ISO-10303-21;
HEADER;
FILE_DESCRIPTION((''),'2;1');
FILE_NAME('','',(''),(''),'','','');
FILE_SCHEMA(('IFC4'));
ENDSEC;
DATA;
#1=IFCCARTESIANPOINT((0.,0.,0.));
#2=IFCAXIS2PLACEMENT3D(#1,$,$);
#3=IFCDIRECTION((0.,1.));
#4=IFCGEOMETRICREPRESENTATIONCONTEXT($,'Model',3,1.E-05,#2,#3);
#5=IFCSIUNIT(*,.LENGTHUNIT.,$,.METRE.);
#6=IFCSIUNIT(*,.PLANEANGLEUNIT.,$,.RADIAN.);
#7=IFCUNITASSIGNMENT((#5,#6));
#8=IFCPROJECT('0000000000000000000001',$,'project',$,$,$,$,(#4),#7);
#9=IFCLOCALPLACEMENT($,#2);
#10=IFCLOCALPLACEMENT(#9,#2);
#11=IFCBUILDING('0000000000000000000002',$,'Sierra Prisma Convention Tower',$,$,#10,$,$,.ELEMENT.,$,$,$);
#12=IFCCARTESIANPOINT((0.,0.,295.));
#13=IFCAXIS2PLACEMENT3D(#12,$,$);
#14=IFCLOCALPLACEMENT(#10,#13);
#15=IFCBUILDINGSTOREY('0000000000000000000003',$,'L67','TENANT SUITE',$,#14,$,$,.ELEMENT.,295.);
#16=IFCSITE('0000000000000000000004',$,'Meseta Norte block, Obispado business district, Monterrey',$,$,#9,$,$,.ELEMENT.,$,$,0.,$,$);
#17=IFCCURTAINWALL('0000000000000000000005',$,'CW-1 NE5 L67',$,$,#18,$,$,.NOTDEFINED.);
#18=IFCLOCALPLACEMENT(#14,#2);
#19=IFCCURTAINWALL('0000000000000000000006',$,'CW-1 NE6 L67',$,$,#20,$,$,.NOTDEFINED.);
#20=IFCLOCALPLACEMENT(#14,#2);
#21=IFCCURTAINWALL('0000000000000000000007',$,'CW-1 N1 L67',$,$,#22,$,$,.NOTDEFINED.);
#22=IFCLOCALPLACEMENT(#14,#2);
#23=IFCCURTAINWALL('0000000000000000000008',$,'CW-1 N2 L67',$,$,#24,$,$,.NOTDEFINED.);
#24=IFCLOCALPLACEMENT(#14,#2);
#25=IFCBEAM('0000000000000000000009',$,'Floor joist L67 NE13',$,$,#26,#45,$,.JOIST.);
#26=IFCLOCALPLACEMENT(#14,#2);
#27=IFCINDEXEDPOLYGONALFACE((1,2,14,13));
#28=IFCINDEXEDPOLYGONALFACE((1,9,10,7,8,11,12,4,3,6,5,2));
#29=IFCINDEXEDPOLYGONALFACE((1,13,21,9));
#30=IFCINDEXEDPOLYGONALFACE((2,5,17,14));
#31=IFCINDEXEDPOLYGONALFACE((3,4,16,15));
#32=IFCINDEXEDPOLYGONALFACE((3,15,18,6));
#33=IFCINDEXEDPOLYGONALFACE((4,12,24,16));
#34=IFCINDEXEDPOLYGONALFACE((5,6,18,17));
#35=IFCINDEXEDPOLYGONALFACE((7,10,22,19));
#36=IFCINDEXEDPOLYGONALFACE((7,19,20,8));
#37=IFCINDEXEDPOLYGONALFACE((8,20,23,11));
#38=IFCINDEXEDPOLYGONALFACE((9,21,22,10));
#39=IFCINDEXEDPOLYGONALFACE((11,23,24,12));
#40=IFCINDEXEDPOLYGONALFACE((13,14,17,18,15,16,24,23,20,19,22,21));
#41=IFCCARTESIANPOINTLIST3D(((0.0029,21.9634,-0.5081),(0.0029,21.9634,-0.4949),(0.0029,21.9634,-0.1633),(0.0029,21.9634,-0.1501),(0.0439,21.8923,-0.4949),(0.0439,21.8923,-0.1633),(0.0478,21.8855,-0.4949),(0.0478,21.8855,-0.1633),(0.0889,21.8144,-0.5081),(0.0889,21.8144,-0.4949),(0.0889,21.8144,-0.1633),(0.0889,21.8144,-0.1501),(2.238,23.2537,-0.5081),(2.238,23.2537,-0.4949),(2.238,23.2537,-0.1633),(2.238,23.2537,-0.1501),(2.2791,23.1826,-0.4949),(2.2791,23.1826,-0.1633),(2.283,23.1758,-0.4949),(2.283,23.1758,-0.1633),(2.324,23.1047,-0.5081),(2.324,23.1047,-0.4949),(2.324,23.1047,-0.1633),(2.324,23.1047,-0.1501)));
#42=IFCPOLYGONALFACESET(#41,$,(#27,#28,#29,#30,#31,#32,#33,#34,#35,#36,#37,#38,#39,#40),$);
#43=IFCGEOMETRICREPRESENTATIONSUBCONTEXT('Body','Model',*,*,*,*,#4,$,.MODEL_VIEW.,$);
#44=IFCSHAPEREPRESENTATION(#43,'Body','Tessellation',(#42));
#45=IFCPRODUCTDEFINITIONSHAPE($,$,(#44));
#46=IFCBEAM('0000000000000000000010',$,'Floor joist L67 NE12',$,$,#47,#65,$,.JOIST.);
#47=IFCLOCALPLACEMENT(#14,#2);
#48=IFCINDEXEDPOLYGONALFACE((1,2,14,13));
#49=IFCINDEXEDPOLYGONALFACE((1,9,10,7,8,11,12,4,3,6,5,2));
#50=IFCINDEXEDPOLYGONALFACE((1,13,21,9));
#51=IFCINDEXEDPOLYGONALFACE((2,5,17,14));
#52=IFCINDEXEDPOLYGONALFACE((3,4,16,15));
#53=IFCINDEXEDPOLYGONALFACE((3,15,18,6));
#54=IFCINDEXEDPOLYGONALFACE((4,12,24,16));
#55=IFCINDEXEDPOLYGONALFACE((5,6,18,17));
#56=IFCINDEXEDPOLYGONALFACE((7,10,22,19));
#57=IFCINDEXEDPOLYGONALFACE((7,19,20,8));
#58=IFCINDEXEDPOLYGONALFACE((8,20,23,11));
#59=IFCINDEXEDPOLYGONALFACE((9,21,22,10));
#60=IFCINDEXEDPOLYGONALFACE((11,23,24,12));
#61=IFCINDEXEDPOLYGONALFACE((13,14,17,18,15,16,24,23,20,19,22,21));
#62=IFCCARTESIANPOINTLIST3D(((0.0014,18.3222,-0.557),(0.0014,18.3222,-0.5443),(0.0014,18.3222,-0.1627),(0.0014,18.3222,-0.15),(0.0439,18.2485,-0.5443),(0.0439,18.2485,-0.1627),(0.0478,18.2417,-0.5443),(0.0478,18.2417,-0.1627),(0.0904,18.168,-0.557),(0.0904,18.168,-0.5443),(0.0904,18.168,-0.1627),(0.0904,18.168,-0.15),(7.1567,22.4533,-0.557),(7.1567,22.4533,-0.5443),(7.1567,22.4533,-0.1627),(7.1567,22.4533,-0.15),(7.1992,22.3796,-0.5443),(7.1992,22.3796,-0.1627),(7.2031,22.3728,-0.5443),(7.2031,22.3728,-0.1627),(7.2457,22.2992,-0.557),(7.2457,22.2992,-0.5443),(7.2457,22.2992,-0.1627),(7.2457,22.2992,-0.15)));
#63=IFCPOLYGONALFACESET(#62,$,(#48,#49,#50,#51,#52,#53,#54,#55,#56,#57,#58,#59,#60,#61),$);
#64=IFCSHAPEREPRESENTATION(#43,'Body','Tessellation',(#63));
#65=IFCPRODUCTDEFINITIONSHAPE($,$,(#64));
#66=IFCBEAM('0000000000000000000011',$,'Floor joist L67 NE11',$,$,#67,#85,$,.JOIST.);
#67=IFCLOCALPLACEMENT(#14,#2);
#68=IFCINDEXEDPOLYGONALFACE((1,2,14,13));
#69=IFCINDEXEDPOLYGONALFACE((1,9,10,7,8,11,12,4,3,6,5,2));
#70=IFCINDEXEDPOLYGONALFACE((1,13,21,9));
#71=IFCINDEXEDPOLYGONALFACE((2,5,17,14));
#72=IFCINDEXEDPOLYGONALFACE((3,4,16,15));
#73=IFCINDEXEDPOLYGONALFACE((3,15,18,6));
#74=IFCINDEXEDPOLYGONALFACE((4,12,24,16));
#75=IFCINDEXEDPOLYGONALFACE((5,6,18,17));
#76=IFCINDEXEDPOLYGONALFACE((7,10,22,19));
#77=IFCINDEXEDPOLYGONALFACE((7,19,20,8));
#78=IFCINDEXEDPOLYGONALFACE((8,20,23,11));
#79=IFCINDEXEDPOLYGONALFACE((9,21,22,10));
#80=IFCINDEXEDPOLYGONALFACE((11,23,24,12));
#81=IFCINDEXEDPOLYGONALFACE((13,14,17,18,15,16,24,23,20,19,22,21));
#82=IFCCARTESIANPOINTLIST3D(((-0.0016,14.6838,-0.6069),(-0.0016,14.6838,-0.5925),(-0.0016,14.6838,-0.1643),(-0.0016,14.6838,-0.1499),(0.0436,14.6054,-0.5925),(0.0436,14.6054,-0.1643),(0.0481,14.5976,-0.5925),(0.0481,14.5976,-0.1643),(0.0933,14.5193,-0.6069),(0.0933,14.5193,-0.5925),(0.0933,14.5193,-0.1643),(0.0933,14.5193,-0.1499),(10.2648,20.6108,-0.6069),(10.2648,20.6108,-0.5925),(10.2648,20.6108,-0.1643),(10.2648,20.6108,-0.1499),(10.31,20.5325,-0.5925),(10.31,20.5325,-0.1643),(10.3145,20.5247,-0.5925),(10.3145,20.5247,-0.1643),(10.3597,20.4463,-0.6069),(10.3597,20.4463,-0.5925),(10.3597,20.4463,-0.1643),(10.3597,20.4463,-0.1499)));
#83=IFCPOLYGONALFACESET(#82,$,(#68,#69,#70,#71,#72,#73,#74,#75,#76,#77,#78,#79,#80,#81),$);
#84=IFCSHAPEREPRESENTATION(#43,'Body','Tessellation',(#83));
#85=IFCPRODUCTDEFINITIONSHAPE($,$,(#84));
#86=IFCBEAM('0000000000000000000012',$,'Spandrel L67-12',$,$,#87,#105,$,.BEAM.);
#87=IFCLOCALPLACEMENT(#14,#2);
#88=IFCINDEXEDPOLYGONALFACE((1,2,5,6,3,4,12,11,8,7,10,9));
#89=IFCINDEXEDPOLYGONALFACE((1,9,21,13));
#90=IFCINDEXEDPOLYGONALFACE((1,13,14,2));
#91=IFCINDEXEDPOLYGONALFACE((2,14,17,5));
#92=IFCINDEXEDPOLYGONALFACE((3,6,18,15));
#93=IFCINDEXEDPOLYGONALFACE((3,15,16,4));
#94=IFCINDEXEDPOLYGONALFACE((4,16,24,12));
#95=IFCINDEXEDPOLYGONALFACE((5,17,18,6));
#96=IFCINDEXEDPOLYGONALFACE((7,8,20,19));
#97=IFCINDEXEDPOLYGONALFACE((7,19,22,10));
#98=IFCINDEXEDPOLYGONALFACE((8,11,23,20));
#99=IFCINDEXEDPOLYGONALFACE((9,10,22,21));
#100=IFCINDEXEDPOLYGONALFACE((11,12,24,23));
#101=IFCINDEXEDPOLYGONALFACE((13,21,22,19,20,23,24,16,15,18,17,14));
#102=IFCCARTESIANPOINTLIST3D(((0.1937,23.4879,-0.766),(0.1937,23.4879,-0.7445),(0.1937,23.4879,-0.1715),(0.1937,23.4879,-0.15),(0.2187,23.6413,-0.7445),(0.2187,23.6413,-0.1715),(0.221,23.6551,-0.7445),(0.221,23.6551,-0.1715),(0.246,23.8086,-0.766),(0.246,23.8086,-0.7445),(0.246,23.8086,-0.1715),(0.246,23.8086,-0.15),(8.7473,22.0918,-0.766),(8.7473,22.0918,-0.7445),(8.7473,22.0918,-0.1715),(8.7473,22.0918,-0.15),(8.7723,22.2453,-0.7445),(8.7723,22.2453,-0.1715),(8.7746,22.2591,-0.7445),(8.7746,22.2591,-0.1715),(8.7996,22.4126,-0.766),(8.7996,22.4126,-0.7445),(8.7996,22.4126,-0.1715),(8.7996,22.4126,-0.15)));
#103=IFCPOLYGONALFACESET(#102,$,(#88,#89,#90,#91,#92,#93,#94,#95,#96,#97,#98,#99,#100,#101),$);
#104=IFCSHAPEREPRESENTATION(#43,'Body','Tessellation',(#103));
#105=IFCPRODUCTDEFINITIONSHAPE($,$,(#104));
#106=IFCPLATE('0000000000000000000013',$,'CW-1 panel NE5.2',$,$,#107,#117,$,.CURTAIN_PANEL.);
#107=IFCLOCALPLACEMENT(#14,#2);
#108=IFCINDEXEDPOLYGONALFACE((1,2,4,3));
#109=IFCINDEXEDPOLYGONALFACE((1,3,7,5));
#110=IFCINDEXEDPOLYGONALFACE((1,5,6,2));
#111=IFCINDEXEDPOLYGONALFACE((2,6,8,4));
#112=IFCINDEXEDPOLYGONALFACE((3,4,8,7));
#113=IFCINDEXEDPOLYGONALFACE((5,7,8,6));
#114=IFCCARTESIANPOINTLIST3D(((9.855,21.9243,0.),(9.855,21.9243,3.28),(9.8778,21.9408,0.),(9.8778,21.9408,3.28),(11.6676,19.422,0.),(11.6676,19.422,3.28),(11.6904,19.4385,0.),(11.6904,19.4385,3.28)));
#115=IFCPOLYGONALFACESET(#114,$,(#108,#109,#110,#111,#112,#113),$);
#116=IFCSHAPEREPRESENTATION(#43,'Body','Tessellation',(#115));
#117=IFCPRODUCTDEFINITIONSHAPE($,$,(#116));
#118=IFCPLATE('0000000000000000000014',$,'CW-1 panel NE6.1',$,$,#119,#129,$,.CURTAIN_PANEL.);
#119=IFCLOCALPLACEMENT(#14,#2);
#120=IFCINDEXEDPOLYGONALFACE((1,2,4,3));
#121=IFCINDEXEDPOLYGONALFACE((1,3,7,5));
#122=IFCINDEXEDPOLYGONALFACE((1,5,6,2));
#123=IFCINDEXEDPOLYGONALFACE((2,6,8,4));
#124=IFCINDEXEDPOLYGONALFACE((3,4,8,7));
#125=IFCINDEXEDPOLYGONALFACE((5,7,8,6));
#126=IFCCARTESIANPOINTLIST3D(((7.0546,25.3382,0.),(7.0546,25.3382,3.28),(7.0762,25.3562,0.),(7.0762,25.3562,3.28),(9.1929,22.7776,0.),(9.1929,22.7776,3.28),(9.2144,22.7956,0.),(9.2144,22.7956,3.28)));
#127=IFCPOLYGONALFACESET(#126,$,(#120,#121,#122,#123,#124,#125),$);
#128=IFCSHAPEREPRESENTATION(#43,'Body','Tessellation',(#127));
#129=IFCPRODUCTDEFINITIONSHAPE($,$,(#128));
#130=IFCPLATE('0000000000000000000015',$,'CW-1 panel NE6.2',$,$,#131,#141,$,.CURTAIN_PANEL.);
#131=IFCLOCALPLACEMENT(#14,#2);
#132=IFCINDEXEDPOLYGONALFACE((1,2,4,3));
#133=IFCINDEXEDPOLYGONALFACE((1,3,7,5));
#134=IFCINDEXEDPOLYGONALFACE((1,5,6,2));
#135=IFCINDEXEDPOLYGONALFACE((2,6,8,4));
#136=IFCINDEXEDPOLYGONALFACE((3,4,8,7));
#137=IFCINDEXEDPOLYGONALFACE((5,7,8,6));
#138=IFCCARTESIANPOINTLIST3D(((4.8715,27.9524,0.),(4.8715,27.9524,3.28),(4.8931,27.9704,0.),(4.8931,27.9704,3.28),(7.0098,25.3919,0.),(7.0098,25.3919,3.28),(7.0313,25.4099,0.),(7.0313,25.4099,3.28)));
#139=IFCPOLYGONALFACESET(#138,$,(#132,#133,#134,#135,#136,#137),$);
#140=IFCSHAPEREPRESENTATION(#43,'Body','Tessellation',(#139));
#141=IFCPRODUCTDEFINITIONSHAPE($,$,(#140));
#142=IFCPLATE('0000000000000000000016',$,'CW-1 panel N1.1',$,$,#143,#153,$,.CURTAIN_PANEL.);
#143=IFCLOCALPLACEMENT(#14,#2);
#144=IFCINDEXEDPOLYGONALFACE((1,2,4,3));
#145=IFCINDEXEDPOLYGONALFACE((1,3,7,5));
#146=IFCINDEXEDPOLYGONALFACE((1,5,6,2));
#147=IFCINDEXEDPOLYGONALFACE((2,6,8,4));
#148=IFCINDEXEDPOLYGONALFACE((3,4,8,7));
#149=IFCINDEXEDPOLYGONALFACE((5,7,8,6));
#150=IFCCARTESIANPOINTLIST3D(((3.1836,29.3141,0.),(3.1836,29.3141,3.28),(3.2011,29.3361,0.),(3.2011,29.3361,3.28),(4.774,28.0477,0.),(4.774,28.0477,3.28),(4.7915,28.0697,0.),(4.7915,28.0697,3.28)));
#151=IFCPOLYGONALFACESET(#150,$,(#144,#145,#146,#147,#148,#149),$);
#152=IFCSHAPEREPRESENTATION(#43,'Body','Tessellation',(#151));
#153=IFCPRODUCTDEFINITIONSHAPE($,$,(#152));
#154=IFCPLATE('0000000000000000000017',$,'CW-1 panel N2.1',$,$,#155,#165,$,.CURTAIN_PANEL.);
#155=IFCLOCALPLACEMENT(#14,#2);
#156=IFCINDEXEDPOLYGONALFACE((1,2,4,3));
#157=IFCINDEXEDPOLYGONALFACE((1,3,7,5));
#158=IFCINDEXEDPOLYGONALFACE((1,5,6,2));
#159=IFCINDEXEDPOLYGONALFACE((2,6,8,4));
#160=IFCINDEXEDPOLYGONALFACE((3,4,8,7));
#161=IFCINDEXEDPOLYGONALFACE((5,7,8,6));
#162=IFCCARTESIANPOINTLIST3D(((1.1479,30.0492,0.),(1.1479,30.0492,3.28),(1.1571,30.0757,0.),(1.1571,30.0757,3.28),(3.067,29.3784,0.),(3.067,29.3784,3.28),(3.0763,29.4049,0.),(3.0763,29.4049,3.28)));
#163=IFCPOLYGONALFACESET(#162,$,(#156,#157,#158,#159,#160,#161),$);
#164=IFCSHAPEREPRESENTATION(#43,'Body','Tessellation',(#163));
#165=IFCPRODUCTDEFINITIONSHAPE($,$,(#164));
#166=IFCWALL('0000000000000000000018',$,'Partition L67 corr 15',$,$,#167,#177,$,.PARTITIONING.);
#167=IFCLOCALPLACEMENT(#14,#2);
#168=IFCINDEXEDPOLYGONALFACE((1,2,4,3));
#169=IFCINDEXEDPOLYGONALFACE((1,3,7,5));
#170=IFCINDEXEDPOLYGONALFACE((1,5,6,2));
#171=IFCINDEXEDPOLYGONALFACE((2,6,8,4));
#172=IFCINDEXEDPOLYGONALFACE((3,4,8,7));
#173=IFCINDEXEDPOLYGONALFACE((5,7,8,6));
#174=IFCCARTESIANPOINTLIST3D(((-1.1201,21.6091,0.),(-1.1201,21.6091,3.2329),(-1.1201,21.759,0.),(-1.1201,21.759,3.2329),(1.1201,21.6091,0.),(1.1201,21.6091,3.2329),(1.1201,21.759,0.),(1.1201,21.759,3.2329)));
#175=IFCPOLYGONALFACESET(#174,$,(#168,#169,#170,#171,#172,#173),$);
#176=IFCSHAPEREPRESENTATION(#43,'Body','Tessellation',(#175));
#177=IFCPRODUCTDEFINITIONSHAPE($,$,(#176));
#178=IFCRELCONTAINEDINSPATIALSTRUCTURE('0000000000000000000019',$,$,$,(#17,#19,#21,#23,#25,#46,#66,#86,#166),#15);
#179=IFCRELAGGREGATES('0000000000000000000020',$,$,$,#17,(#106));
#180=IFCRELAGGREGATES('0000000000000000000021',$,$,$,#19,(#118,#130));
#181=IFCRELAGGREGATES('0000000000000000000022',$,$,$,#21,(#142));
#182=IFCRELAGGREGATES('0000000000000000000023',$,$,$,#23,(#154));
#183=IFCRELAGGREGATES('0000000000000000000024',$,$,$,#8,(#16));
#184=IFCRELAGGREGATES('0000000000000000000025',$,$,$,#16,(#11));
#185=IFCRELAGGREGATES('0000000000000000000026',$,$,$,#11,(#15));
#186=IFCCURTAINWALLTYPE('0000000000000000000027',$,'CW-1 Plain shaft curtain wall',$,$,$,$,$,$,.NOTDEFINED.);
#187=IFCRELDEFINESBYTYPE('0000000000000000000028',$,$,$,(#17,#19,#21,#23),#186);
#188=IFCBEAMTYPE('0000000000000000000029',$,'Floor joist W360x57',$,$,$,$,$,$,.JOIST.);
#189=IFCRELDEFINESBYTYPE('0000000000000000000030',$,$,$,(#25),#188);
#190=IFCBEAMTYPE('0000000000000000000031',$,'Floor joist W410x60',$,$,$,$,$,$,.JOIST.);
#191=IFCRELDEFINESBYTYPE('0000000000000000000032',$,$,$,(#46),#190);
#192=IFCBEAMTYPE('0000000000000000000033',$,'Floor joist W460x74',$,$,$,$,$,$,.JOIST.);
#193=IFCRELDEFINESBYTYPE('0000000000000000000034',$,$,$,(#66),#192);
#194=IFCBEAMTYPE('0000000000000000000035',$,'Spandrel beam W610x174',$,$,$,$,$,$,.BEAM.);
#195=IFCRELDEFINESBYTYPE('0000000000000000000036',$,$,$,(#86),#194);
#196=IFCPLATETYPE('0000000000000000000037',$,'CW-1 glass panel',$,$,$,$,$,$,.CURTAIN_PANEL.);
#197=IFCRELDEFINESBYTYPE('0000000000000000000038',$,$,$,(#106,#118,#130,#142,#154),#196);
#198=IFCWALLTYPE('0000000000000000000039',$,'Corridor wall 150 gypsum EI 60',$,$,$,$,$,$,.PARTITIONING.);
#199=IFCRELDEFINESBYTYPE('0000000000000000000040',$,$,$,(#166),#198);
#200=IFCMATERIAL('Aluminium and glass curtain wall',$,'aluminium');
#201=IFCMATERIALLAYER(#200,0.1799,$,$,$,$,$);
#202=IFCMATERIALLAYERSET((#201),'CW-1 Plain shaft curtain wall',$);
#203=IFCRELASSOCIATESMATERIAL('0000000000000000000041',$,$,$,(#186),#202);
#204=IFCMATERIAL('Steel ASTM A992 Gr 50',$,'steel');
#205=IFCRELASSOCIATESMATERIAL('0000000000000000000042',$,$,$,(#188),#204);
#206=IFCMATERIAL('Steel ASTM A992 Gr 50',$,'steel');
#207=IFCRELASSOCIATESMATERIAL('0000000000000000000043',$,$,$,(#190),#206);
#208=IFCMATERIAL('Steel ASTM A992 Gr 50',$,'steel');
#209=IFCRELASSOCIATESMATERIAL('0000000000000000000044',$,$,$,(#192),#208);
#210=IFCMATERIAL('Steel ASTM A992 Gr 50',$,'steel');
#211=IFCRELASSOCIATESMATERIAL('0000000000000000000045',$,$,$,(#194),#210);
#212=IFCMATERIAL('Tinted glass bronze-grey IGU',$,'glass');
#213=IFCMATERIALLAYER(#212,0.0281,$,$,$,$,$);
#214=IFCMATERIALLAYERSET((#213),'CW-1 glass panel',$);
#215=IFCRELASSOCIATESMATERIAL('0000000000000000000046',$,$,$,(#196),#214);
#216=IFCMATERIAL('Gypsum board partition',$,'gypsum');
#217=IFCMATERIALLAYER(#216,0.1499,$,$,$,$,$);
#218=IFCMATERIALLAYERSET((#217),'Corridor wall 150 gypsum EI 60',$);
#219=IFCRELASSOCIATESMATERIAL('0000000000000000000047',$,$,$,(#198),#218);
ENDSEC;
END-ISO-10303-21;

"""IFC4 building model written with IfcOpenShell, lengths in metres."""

from ifc_helpers import new_model, si_unit, direction, frame, frame_2d, origin, origin_2d, place, context, subcontext, project, spatial, rectangle, i_section, extrude, material, layer, layer_set, material_profile, profile_set, type_object, element, aggregate, save


model = new_model("IFC4")

# Units and contexts
model_context = context("Model", 3, precision=1e-05, world=origin(), true_north=direction((0.0, 1.0)))
body_context = subcontext(model_context, "Body", "Model", "MODEL_VIEW")
ifc_project = project(units=[si_unit("LENGTHUNIT", "METRE"), si_unit("PLANEANGLEUNIT", "RADIAN")], contexts=[model_context])

# Site, building, storey
site_placement = place(None, origin())
site = spatial("IfcSite", under=ifc_project, at=site_placement, Name="Meseta Norte block, Obispado business district, Monterrey", CompositionType="ELEMENT", RefElevation=0.0)
building_placement = place(site_placement, origin())
building = spatial("IfcBuilding", under=site, at=building_placement, Name="Sierra Prisma Convention Tower", CompositionType="ELEMENT")
storey_placement = place(building_placement, frame((0.0, 0.0, 295.0)))
storey = spatial("IfcBuildingStorey", under=building, at=storey_placement, Name="L67", Description="TENANT SUITE", CompositionType="ELEMENT", Elevation=295.0)

# Curtain wall
ifc_material_1 = material(Name="Aluminium and glass curtain wall", Category="aluminium")
ifc_layer_1 = layer(ifc_material_1, 0.1799)
ifc_layer_set_1 = layer_set([ifc_layer_1], Name="CW-1 Plain shaft curtain wall")
curtain_wall_type = type_object("IfcCurtainWallType", Name="CW-1 Plain shaft curtain wall", PredefinedType="NOTDEFINED", material=ifc_layer_set_1)
curtain_wall_1_placement = place(storey_placement, origin())
curtain_wall_1 = element("IfcCurtainWall", 1, at=curtain_wall_1_placement, inside=storey, type_object=curtain_wall_type, Name="CW-1 NE5 L67", PredefinedType="NOTDEFINED")

# Curtain walls
curtain_wall_2_placement = place(storey_placement, origin())
curtain_wall_2 = element("IfcCurtainWall", 2, at=curtain_wall_2_placement, inside=storey, type_object=curtain_wall_type, Name="CW-1 NE6 L67", PredefinedType="NOTDEFINED")
curtain_wall_3_placement = place(storey_placement, origin())
curtain_wall_3 = element("IfcCurtainWall", 3, at=curtain_wall_3_placement, inside=storey, type_object=curtain_wall_type, Name="CW-1 N1 L67", PredefinedType="NOTDEFINED")
curtain_wall_4_placement = place(storey_placement, origin())
curtain_wall_4 = element("IfcCurtainWall", 4, at=curtain_wall_4_placement, inside=storey, type_object=curtain_wall_type, Name="CW-1 N2 L67", PredefinedType="NOTDEFINED")

# Beams
ifc_material_2 = material(Name="Steel ASTM A992 Gr 50", Category="steel")
ifc_material_profile_1 = material_profile(ifc_material_2, i_section(OverallWidth=0.1721, OverallDepth=0.3579, WebThickness=0.0078, FlangeThickness=0.0132, at=origin_2d()), Name="W360x57")
ifc_profile_set_1 = profile_set([ifc_material_profile_1], Name="Steel ASTM A992 Gr 50")
beam_type_1 = type_object("IfcBeamType", Name="Floor joist W360x57", PredefinedType="JOIST", material=ifc_profile_set_1)
beam_1_placement = place(storey_placement, frame((2.281, 23.1792, -0.3291), z_axis=(-0.866052, -0.499954, 0.0), x_axis=(0.499954, -0.866052, 0.0)))
element("IfcBeam", 5, at=beam_1_placement, inside=storey, type_object=beam_type_1, Name="Floor joist L67 NE13", PredefinedType="JOIST", context=body_context, shape_type="SweptSolid", body=[
    extrude(i_section(OverallWidth=0.1721, OverallDepth=0.3579, WebThickness=0.0078, FlangeThickness=0.0132, at=origin_2d()), origin(), (0.0, 0.0, 1.0), 2.5808),
])
ifc_material_3 = material(Name="Steel ASTM A992 Gr 50", Category="steel")
ifc_material_profile_2 = material_profile(ifc_material_3, i_section(OverallWidth=0.178, OverallDepth=0.407, WebThickness=0.0078, FlangeThickness=0.0127, at=origin_2d()), Name="W410x60")
ifc_profile_set_2 = profile_set([ifc_material_profile_2], Name="Steel ASTM A992 Gr 50")
beam_type_2 = type_object("IfcBeamType", Name="Floor joist W410x60", PredefinedType="JOIST", material=ifc_profile_set_2)
beam_2_placement = place(storey_placement, frame((7.2012, 22.3762, -0.3535), z_axis=(-0.866025, -0.5, 0.0), x_axis=(0.5, -0.866025, 0.0)))
element("IfcBeam", 6, at=beam_2_placement, inside=storey, type_object=beam_type_2, Name="Floor joist L67 NE12", PredefinedType="JOIST", context=body_context, shape_type="SweptSolid", body=[
    extrude(i_section(OverallWidth=0.178, OverallDepth=0.407, WebThickness=0.0078, FlangeThickness=0.0127, at=origin_2d()), origin(), (0.0, 0.0, 1.0), 8.2622),
])
ifc_material_4 = material(Name="Steel ASTM A992 Gr 50", Category="steel")
ifc_material_profile_3 = material_profile(ifc_material_4, i_section(OverallWidth=0.1899, OverallDepth=0.457, WebThickness=0.009, FlangeThickness=0.0144, at=origin_2d()), Name="W460x74")
ifc_profile_set_3 = profile_set([ifc_material_profile_3], Name="Steel ASTM A992 Gr 50")
beam_type_3 = type_object("IfcBeamType", Name="Floor joist W460x74", PredefinedType="JOIST", material=ifc_profile_set_3)
beam_3_placement = place(storey_placement, frame((10.3123, 20.5286, -0.3784), z_axis=(-0.866036, -0.499982, 0.0), x_axis=(0.499982, -0.866036, 0.0)))
element("IfcBeam", 7, at=beam_3_placement, inside=storey, type_object=beam_type_3, Name="Floor joist L67 NE11", PredefinedType="JOIST", context=body_context, shape_type="SweptSolid", body=[
    extrude(i_section(OverallWidth=0.1899, OverallDepth=0.457, WebThickness=0.009, FlangeThickness=0.0144, at=origin_2d()), origin(), (0.0, 0.0, 1.0), 11.8545),
])
ifc_material_5 = material(Name="Steel ASTM A992 Gr 50", Category="steel")
ifc_material_profile_4 = material_profile(ifc_material_5, i_section(OverallWidth=0.325, OverallDepth=0.616, WebThickness=0.0139, FlangeThickness=0.0215, at=origin_2d()), Name="W610x174")
ifc_profile_set_4 = profile_set([ifc_material_profile_4], Name="Steel ASTM A992 Gr 50")
beam_type_4 = type_object("IfcBeamType", Name="Spandrel beam W610x174", PredefinedType="BEAM", material=ifc_profile_set_4)
beam_4_placement = place(storey_placement, frame((8.7734, 22.2522, -0.458), z_axis=(-0.986942, 0.161077, 0.0), x_axis=(-0.161077, -0.986942, 0.0)))
element("IfcBeam", 8, at=beam_4_placement, inside=storey, type_object=beam_type_4, Name="Spandrel L67-12", PredefinedType="BEAM", context=body_context, shape_type="SweptSolid", body=[
    extrude(i_section(OverallWidth=0.325, OverallDepth=0.616, WebThickness=0.0139, FlangeThickness=0.0215, at=origin_2d()), origin(), (0.0, 0.0, 1.0), 8.6667),
])

# Plates
ifc_material_6 = material(Name="Tinted glass bronze-grey IGU", Category="glass")
ifc_layer_2 = layer(ifc_material_6, 0.0281)
ifc_layer_set_2 = layer_set([ifc_layer_2], Name="CW-1 glass panel")
plate_type = type_object("IfcPlateType", Name="CW-1 glass panel", PredefinedType="CURTAIN_PANEL", material=ifc_layer_set_2)
plate_1_placement = place(storey_placement, frame((10.7727, 20.6814, 0.0), z_axis=(0.0, 0.0, 1.0), x_axis=(-0.58664, 0.809848, 0.0)))
plate_1 = element("IfcPlate", 9, at=plate_1_placement, type_object=plate_type, Name="CW-1 panel NE5.2", PredefinedType="CURTAIN_PANEL", context=body_context, shape_type="SweptSolid", body=[
    extrude(rectangle(XDim=3.0898, YDim=0.0281, at=origin_2d()), origin(), (0.0, 0.0, 1.0), 3.28),
])
aggregate(curtain_wall_1, [plate_1])
plate_2_placement = place(storey_placement, frame((8.1345, 24.0669, 0.0), z_axis=(0.0, 0.0, 1.0), x_axis=(-0.64098, 0.767558, 0.0)))
plate_2 = element("IfcPlate", 10, at=plate_2_placement, type_object=plate_type, Name="CW-1 panel NE6.1", PredefinedType="CURTAIN_PANEL", context=body_context, shape_type="SweptSolid", body=[
    extrude(rectangle(XDim=3.3359, YDim=0.0281, at=origin_2d()), origin(), (0.0, 0.0, 1.0), 3.28),
])
plate_3_placement = place(storey_placement, frame((5.9514, 26.6812, 0.0), z_axis=(0.0, 0.0, 1.0), x_axis=(-0.64098, 0.767558, 0.0)))
plate_3 = element("IfcPlate", 11, at=plate_3_placement, type_object=plate_type, Name="CW-1 panel NE6.2", PredefinedType="CURTAIN_PANEL", context=body_context, shape_type="SweptSolid", body=[
    extrude(rectangle(XDim=3.3359, YDim=0.0281, at=origin_2d()), origin(), (0.0, 0.0, 1.0), 3.28),
])
aggregate(curtain_wall_2, [plate_2, plate_3])
plate_4_placement = place(storey_placement, frame((3.9875, 28.6919, 0.0), z_axis=(0.0, 0.0, 1.0), x_axis=(-0.782286, 0.62292, 0.0)))
plate_4 = element("IfcPlate", 12, at=plate_4_placement, type_object=plate_type, Name="CW-1 panel N1.1", PredefinedType="CURTAIN_PANEL", context=body_context, shape_type="SweptSolid", body=[
    extrude(rectangle(XDim=2.033, YDim=0.0281, at=origin_2d()), origin(), (0.0, 0.0, 1.0), 3.28),
])
aggregate(curtain_wall_3, [plate_4])
plate_5_placement = place(storey_placement, frame((2.1121, 29.7271, 0.0), z_axis=(0.0, 0.0, 1.0), x_axis=(-0.944004, 0.329935, 0.0)))
plate_5 = element("IfcPlate", 13, at=plate_5_placement, type_object=plate_type, Name="CW-1 panel N2.1", PredefinedType="CURTAIN_PANEL", context=body_context, shape_type="SweptSolid", body=[
    extrude(rectangle(XDim=2.033, YDim=0.0281, at=origin_2d()), origin(), (0.0, 0.0, 1.0), 3.28),
])
aggregate(curtain_wall_4, [plate_5])

# Wall
ifc_material_7 = material(Name="Gypsum board partition", Category="gypsum")
ifc_layer_3 = layer(ifc_material_7, 0.1499)
ifc_layer_set_3 = layer_set([ifc_layer_3], Name="Corridor wall 150 gypsum EI 60")
wall_type = type_object("IfcWallType", Name="Corridor wall 150 gypsum EI 60", PredefinedType="PARTITIONING", material=ifc_layer_set_3)
wall_placement = place(storey_placement, frame((1.1201, 21.6841, 0.0), z_axis=(0.0, 0.0, 1.0), x_axis=(-1.0, 0.0, 0.0)))
element("IfcWall", 14, at=wall_placement, inside=storey, type_object=wall_type, Name="Partition L67 corr 15", PredefinedType="PARTITIONING", context=body_context, shape_type="SweptSolid", body=[
    extrude(rectangle(XDim=2.2402, YDim=0.1499, at=frame_2d((1.1201, 0.0))), origin(), (0.0, 0.0, 1.0), 3.2329),
])

save(model, "model.ifc")
